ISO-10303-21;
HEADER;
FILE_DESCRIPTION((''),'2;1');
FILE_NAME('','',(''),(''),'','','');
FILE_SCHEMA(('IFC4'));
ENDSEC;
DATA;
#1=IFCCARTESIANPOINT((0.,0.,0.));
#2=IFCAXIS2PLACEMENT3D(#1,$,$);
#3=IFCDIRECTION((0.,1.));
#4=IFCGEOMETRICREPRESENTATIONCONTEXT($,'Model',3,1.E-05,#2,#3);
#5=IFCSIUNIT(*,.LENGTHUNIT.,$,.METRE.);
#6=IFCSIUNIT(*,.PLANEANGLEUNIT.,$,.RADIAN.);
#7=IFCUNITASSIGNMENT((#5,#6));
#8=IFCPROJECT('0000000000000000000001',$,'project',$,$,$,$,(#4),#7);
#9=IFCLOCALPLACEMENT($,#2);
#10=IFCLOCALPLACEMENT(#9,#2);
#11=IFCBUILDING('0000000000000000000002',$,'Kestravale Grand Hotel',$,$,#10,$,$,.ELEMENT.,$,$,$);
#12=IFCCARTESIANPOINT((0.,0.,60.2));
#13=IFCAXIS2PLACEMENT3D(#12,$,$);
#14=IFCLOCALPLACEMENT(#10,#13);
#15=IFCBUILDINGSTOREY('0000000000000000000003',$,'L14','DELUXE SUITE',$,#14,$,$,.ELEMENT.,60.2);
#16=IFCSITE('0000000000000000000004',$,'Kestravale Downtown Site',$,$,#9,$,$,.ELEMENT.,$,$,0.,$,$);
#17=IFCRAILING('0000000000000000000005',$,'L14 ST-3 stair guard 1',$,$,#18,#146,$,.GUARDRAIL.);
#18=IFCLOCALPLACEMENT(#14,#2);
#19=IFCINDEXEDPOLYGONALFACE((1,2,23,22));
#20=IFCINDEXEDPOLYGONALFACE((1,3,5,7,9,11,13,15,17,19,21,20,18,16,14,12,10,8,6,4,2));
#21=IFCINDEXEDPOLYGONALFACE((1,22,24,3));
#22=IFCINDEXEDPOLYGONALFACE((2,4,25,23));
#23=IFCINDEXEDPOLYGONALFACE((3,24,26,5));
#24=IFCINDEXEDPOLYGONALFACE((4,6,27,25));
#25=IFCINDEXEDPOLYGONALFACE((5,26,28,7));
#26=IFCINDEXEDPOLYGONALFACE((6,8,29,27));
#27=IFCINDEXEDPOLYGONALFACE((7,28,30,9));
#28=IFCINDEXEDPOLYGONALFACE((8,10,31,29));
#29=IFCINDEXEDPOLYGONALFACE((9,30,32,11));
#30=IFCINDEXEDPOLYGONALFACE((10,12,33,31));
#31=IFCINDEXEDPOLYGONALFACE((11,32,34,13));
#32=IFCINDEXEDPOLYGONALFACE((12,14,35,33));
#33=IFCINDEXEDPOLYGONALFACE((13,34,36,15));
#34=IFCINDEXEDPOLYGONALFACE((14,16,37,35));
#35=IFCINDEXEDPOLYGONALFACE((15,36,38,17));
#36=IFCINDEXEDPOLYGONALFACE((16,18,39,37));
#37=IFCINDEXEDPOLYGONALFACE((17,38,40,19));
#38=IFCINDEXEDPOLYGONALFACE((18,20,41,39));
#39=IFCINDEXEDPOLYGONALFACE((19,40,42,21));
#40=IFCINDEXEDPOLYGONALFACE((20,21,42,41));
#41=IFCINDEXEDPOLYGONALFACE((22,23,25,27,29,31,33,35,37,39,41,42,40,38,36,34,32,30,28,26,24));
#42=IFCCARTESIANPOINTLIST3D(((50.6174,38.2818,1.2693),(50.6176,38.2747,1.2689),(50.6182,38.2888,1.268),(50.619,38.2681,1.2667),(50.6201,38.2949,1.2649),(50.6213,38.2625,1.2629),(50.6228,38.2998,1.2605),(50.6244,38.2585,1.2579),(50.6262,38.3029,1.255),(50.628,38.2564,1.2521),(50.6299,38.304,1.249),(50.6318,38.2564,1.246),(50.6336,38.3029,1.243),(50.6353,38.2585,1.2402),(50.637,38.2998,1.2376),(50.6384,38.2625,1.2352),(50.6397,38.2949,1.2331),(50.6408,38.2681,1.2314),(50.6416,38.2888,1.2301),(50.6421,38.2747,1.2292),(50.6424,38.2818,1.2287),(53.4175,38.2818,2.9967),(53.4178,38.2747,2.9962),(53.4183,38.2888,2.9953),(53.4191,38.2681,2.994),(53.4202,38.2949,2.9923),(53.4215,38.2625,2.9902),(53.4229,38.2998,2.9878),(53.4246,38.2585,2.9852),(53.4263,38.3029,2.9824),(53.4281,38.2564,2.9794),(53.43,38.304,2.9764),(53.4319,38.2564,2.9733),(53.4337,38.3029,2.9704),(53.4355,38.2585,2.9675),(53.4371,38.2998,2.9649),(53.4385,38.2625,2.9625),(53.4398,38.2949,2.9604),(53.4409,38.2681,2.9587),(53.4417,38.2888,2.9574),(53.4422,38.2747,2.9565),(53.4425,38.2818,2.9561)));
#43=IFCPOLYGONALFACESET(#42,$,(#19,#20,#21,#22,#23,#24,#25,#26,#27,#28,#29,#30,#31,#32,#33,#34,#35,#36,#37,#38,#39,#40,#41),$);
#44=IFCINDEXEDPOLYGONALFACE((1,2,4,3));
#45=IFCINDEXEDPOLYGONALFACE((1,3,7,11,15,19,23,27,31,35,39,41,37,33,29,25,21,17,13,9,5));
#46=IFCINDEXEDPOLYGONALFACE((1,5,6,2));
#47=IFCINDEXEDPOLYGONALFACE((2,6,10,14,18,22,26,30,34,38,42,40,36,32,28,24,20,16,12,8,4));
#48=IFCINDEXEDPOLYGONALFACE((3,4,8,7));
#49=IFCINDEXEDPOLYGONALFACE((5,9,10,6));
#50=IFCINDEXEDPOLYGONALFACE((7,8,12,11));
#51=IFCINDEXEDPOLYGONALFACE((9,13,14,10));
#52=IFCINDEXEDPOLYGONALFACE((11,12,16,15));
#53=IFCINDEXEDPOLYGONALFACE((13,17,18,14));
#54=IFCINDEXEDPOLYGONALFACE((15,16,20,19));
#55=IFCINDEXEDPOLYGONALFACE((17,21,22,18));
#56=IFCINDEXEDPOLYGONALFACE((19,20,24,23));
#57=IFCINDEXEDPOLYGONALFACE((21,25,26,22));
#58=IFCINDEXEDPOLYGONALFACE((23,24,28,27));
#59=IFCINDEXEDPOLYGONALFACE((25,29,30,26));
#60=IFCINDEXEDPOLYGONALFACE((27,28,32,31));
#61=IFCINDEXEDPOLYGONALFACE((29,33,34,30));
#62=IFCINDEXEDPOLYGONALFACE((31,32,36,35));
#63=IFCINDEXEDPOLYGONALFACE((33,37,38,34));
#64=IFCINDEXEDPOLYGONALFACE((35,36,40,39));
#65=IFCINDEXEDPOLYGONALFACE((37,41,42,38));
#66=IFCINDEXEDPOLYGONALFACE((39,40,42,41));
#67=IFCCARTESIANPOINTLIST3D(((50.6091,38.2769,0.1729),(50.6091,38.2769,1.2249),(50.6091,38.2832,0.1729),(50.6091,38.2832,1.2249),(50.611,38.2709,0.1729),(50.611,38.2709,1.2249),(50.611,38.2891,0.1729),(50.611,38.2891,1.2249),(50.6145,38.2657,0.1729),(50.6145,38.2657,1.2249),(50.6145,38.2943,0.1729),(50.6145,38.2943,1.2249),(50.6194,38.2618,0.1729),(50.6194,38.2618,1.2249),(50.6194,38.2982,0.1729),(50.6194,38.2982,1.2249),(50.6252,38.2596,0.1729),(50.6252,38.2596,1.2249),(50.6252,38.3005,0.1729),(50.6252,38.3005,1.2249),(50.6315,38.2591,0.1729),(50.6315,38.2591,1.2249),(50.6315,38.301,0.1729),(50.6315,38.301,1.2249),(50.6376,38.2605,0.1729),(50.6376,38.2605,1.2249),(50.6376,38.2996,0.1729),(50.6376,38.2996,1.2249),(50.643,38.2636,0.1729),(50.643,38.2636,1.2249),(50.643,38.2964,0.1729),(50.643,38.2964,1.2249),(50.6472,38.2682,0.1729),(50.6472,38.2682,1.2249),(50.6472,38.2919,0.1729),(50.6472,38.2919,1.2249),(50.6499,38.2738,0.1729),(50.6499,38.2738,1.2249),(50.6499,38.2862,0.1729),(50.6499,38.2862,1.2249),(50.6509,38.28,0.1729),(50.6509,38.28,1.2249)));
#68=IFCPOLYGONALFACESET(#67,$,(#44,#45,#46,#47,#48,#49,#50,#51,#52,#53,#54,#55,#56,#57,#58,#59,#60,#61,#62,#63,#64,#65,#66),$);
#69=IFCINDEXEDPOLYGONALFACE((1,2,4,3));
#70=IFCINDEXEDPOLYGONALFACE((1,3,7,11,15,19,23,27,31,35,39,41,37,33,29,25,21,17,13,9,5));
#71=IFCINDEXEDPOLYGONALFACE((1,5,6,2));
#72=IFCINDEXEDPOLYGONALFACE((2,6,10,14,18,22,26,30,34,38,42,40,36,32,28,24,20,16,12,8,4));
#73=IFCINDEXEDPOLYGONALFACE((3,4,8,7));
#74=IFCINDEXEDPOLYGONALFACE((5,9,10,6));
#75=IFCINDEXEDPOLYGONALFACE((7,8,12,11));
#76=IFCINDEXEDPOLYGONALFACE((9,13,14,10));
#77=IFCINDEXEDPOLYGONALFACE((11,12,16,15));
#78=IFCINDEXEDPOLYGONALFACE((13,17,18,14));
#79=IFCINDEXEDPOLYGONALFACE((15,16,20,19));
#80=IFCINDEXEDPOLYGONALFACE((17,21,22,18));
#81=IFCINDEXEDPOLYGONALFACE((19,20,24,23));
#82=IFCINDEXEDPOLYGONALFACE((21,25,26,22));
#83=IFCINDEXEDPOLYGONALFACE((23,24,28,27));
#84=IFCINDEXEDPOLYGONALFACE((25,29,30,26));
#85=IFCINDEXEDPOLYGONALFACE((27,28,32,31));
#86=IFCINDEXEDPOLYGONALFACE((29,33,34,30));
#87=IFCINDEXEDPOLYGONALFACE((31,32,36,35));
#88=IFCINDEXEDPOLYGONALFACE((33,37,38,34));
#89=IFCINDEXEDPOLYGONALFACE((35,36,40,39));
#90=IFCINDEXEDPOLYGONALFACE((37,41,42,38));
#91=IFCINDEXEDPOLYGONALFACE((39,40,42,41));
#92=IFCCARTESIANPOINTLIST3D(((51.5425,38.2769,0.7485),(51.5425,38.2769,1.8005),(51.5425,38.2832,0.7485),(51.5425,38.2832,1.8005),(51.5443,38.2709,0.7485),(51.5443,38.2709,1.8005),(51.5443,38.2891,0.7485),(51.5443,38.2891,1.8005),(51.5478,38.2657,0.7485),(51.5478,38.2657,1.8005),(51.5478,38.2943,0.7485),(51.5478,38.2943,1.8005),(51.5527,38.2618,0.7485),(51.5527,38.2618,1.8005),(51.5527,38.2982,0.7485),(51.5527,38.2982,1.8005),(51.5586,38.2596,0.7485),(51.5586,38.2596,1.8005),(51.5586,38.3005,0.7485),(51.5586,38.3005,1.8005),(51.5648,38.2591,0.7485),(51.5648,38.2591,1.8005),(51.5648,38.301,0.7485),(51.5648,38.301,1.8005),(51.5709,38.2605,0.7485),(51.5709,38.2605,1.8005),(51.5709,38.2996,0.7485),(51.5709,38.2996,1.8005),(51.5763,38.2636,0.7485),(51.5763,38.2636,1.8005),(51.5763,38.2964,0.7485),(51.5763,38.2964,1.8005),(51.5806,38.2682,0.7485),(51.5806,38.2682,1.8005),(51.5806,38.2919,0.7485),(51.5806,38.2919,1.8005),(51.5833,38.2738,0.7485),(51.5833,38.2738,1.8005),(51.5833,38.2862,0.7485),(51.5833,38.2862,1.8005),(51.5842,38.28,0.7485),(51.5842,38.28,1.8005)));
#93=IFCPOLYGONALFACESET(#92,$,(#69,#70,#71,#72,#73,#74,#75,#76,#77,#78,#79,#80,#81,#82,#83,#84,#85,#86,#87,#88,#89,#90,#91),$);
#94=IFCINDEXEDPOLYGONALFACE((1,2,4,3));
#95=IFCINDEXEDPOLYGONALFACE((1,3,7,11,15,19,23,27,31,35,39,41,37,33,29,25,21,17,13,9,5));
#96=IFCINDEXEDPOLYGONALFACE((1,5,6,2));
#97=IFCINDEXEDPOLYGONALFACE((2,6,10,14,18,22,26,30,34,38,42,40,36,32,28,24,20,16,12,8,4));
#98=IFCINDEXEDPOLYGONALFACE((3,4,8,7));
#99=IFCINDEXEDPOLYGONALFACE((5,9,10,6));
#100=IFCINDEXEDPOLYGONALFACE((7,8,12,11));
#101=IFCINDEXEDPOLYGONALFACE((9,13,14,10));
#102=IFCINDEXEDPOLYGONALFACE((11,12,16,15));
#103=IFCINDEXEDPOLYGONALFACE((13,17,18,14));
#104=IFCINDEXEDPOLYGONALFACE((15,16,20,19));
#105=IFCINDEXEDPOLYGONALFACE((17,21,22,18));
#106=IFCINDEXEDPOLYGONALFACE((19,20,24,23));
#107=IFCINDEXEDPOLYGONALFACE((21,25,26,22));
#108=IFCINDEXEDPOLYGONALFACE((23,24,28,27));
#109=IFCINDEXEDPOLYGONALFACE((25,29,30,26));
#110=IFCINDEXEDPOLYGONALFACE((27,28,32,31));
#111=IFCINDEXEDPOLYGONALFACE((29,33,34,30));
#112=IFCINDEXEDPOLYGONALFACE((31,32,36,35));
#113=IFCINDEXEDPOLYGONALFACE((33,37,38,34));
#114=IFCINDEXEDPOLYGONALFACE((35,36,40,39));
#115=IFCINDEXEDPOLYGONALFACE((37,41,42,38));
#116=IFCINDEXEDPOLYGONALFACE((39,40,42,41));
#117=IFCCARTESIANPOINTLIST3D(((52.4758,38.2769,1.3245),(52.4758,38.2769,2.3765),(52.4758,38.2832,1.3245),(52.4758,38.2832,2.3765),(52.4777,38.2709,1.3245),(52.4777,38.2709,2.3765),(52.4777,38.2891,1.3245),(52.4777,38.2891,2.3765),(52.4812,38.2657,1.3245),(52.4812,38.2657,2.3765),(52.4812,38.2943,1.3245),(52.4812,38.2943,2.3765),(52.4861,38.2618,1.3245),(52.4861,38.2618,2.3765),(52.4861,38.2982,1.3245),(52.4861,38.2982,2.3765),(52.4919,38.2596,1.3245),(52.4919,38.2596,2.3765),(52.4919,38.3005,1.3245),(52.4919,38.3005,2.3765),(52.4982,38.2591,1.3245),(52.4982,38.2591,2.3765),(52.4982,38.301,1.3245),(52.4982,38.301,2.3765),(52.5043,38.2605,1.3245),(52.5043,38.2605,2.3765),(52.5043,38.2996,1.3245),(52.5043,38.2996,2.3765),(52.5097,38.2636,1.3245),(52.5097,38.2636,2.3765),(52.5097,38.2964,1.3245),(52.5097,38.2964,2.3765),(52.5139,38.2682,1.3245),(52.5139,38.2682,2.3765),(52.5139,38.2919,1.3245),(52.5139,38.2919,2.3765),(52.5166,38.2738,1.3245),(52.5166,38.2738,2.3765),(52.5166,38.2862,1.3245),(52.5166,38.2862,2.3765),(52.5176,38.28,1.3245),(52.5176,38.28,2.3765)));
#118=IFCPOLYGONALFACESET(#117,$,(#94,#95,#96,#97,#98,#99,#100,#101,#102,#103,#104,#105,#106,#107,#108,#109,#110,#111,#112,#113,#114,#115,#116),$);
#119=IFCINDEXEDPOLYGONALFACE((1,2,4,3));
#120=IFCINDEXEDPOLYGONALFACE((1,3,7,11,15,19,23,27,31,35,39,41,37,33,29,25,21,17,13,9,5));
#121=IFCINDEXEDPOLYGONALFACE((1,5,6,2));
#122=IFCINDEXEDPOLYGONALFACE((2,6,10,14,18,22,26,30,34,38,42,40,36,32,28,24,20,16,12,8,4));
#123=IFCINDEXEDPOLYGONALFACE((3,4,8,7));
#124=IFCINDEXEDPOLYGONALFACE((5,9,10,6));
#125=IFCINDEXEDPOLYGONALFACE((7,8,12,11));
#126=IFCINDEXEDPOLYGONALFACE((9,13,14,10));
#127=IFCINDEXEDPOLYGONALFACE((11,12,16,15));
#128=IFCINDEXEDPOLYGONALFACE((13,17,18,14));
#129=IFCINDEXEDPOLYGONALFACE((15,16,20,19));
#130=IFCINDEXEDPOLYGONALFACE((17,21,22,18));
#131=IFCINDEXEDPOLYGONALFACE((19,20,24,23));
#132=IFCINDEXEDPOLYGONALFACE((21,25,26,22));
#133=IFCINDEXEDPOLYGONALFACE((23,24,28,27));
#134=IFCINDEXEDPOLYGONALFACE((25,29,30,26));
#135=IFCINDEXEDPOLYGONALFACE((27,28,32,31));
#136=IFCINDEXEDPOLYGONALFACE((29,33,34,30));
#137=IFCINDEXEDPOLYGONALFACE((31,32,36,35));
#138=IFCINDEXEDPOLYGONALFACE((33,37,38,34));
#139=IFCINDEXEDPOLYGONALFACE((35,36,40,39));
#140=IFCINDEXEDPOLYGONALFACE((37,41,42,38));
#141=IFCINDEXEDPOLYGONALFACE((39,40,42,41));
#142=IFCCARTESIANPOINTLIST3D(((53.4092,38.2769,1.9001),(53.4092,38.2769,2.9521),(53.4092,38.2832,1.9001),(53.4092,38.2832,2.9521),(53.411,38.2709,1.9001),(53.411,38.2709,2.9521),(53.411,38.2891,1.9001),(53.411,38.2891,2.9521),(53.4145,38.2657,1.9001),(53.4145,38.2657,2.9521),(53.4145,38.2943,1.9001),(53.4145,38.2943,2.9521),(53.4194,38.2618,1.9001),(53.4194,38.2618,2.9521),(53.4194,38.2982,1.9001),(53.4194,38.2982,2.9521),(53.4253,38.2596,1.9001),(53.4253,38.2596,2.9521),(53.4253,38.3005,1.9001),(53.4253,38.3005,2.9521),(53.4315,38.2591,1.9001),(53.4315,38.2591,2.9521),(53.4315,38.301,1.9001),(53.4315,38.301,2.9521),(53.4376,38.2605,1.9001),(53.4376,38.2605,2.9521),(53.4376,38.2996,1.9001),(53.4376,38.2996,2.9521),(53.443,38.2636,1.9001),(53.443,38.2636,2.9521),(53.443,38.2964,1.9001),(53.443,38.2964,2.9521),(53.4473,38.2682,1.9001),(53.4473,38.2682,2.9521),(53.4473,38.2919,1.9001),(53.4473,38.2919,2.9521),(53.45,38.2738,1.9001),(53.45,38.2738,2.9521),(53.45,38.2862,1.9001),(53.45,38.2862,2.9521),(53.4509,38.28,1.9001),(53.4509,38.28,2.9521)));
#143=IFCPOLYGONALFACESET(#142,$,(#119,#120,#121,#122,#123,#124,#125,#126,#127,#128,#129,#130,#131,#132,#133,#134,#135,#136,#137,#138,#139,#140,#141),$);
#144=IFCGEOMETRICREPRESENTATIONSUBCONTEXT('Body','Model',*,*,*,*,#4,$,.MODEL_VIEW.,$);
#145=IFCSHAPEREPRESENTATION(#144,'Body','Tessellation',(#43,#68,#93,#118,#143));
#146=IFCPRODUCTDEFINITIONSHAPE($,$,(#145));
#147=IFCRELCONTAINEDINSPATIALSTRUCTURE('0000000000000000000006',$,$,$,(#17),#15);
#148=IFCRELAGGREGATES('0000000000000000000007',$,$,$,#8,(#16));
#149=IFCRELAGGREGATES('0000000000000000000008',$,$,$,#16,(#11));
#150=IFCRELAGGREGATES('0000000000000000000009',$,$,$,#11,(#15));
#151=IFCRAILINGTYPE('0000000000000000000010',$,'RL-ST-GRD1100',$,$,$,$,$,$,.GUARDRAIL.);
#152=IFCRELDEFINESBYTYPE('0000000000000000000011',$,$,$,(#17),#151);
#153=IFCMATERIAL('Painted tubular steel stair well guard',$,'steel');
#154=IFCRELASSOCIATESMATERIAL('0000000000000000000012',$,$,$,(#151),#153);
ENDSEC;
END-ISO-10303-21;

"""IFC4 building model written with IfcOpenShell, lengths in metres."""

from ifc_helpers import new_model, si_unit, direction, frame, origin, origin_2d, place, context, subcontext, project, spatial, circle, extrude, material, type_object, element, save


model = new_model("IFC4")

# Units and contexts
model_context = context("Model", 3, precision=1e-05, world=origin(), true_north=direction((0.0, 1.0)))
body_context = subcontext(model_context, "Body", "Model", "MODEL_VIEW")
ifc_project = project(units=[si_unit("LENGTHUNIT", "METRE"), si_unit("PLANEANGLEUNIT", "RADIAN")], contexts=[model_context])

# Site, building, storey
site_placement = place(None, origin())
site = spatial("IfcSite", under=ifc_project, at=site_placement, Name="Kestravale Downtown Site", CompositionType="ELEMENT", RefElevation=0.0)
building_placement = place(site_placement, origin())
building = spatial("IfcBuilding", under=site, at=building_placement, Name="Kestravale Grand Hotel", CompositionType="ELEMENT")
storey_placement = place(building_placement, frame((0.0, 0.0, 60.2)))
storey = spatial("IfcBuildingStorey", under=building, at=storey_placement, Name="L14", Description="DELUXE SUITE", CompositionType="ELEMENT", Elevation=60.2)

# Railing
ifc_material_1 = material(Name="Painted tubular steel stair well guard", Category="steel")
railing_type_1 = type_object("IfcRailingType", Name="RL-ST-GRD1100", PredefinedType="GUARDRAIL", material=ifc_material_1)
railing_1_placement = place(storey_placement, frame((50.6299, 38.28, 0.1729)))
element("IfcRailing", 1, at=railing_1_placement, inside=storey, type_object=railing_type_1, Name="L14 ST-3 stair guard 1", PredefinedType="GUARDRAIL", context=body_context, shape_type="SweptSolid", body=[
    extrude(circle(Radius=0.0239, at=origin_2d()), frame((0.0, 0.0, 1.0762), z_axis=(0.85109, 0.0, 0.52502), x_axis=(0.0, 1.0, 0.0)), (0.0, 0.0, 1.0), 3.29),
    extrude(circle(Radius=0.021, at=origin_2d()), origin(), (0.0, 0.0, 1.0), 1.052),
    extrude(circle(Radius=0.021, at=origin_2d()), frame((0.9333, 0.0, 0.5757)), (0.0, 0.0, 1.0), 1.052),
    extrude(circle(Radius=0.021, at=origin_2d()), frame((1.8667, 0.0, 1.1516)), (0.0, 0.0, 1.0), 1.052),
    extrude(circle(Radius=0.021, at=origin_2d()), frame((2.8, 0.0, 1.7273)), (0.0, 0.0, 1.0), 1.052),
])

save(model, "model.ifc")
